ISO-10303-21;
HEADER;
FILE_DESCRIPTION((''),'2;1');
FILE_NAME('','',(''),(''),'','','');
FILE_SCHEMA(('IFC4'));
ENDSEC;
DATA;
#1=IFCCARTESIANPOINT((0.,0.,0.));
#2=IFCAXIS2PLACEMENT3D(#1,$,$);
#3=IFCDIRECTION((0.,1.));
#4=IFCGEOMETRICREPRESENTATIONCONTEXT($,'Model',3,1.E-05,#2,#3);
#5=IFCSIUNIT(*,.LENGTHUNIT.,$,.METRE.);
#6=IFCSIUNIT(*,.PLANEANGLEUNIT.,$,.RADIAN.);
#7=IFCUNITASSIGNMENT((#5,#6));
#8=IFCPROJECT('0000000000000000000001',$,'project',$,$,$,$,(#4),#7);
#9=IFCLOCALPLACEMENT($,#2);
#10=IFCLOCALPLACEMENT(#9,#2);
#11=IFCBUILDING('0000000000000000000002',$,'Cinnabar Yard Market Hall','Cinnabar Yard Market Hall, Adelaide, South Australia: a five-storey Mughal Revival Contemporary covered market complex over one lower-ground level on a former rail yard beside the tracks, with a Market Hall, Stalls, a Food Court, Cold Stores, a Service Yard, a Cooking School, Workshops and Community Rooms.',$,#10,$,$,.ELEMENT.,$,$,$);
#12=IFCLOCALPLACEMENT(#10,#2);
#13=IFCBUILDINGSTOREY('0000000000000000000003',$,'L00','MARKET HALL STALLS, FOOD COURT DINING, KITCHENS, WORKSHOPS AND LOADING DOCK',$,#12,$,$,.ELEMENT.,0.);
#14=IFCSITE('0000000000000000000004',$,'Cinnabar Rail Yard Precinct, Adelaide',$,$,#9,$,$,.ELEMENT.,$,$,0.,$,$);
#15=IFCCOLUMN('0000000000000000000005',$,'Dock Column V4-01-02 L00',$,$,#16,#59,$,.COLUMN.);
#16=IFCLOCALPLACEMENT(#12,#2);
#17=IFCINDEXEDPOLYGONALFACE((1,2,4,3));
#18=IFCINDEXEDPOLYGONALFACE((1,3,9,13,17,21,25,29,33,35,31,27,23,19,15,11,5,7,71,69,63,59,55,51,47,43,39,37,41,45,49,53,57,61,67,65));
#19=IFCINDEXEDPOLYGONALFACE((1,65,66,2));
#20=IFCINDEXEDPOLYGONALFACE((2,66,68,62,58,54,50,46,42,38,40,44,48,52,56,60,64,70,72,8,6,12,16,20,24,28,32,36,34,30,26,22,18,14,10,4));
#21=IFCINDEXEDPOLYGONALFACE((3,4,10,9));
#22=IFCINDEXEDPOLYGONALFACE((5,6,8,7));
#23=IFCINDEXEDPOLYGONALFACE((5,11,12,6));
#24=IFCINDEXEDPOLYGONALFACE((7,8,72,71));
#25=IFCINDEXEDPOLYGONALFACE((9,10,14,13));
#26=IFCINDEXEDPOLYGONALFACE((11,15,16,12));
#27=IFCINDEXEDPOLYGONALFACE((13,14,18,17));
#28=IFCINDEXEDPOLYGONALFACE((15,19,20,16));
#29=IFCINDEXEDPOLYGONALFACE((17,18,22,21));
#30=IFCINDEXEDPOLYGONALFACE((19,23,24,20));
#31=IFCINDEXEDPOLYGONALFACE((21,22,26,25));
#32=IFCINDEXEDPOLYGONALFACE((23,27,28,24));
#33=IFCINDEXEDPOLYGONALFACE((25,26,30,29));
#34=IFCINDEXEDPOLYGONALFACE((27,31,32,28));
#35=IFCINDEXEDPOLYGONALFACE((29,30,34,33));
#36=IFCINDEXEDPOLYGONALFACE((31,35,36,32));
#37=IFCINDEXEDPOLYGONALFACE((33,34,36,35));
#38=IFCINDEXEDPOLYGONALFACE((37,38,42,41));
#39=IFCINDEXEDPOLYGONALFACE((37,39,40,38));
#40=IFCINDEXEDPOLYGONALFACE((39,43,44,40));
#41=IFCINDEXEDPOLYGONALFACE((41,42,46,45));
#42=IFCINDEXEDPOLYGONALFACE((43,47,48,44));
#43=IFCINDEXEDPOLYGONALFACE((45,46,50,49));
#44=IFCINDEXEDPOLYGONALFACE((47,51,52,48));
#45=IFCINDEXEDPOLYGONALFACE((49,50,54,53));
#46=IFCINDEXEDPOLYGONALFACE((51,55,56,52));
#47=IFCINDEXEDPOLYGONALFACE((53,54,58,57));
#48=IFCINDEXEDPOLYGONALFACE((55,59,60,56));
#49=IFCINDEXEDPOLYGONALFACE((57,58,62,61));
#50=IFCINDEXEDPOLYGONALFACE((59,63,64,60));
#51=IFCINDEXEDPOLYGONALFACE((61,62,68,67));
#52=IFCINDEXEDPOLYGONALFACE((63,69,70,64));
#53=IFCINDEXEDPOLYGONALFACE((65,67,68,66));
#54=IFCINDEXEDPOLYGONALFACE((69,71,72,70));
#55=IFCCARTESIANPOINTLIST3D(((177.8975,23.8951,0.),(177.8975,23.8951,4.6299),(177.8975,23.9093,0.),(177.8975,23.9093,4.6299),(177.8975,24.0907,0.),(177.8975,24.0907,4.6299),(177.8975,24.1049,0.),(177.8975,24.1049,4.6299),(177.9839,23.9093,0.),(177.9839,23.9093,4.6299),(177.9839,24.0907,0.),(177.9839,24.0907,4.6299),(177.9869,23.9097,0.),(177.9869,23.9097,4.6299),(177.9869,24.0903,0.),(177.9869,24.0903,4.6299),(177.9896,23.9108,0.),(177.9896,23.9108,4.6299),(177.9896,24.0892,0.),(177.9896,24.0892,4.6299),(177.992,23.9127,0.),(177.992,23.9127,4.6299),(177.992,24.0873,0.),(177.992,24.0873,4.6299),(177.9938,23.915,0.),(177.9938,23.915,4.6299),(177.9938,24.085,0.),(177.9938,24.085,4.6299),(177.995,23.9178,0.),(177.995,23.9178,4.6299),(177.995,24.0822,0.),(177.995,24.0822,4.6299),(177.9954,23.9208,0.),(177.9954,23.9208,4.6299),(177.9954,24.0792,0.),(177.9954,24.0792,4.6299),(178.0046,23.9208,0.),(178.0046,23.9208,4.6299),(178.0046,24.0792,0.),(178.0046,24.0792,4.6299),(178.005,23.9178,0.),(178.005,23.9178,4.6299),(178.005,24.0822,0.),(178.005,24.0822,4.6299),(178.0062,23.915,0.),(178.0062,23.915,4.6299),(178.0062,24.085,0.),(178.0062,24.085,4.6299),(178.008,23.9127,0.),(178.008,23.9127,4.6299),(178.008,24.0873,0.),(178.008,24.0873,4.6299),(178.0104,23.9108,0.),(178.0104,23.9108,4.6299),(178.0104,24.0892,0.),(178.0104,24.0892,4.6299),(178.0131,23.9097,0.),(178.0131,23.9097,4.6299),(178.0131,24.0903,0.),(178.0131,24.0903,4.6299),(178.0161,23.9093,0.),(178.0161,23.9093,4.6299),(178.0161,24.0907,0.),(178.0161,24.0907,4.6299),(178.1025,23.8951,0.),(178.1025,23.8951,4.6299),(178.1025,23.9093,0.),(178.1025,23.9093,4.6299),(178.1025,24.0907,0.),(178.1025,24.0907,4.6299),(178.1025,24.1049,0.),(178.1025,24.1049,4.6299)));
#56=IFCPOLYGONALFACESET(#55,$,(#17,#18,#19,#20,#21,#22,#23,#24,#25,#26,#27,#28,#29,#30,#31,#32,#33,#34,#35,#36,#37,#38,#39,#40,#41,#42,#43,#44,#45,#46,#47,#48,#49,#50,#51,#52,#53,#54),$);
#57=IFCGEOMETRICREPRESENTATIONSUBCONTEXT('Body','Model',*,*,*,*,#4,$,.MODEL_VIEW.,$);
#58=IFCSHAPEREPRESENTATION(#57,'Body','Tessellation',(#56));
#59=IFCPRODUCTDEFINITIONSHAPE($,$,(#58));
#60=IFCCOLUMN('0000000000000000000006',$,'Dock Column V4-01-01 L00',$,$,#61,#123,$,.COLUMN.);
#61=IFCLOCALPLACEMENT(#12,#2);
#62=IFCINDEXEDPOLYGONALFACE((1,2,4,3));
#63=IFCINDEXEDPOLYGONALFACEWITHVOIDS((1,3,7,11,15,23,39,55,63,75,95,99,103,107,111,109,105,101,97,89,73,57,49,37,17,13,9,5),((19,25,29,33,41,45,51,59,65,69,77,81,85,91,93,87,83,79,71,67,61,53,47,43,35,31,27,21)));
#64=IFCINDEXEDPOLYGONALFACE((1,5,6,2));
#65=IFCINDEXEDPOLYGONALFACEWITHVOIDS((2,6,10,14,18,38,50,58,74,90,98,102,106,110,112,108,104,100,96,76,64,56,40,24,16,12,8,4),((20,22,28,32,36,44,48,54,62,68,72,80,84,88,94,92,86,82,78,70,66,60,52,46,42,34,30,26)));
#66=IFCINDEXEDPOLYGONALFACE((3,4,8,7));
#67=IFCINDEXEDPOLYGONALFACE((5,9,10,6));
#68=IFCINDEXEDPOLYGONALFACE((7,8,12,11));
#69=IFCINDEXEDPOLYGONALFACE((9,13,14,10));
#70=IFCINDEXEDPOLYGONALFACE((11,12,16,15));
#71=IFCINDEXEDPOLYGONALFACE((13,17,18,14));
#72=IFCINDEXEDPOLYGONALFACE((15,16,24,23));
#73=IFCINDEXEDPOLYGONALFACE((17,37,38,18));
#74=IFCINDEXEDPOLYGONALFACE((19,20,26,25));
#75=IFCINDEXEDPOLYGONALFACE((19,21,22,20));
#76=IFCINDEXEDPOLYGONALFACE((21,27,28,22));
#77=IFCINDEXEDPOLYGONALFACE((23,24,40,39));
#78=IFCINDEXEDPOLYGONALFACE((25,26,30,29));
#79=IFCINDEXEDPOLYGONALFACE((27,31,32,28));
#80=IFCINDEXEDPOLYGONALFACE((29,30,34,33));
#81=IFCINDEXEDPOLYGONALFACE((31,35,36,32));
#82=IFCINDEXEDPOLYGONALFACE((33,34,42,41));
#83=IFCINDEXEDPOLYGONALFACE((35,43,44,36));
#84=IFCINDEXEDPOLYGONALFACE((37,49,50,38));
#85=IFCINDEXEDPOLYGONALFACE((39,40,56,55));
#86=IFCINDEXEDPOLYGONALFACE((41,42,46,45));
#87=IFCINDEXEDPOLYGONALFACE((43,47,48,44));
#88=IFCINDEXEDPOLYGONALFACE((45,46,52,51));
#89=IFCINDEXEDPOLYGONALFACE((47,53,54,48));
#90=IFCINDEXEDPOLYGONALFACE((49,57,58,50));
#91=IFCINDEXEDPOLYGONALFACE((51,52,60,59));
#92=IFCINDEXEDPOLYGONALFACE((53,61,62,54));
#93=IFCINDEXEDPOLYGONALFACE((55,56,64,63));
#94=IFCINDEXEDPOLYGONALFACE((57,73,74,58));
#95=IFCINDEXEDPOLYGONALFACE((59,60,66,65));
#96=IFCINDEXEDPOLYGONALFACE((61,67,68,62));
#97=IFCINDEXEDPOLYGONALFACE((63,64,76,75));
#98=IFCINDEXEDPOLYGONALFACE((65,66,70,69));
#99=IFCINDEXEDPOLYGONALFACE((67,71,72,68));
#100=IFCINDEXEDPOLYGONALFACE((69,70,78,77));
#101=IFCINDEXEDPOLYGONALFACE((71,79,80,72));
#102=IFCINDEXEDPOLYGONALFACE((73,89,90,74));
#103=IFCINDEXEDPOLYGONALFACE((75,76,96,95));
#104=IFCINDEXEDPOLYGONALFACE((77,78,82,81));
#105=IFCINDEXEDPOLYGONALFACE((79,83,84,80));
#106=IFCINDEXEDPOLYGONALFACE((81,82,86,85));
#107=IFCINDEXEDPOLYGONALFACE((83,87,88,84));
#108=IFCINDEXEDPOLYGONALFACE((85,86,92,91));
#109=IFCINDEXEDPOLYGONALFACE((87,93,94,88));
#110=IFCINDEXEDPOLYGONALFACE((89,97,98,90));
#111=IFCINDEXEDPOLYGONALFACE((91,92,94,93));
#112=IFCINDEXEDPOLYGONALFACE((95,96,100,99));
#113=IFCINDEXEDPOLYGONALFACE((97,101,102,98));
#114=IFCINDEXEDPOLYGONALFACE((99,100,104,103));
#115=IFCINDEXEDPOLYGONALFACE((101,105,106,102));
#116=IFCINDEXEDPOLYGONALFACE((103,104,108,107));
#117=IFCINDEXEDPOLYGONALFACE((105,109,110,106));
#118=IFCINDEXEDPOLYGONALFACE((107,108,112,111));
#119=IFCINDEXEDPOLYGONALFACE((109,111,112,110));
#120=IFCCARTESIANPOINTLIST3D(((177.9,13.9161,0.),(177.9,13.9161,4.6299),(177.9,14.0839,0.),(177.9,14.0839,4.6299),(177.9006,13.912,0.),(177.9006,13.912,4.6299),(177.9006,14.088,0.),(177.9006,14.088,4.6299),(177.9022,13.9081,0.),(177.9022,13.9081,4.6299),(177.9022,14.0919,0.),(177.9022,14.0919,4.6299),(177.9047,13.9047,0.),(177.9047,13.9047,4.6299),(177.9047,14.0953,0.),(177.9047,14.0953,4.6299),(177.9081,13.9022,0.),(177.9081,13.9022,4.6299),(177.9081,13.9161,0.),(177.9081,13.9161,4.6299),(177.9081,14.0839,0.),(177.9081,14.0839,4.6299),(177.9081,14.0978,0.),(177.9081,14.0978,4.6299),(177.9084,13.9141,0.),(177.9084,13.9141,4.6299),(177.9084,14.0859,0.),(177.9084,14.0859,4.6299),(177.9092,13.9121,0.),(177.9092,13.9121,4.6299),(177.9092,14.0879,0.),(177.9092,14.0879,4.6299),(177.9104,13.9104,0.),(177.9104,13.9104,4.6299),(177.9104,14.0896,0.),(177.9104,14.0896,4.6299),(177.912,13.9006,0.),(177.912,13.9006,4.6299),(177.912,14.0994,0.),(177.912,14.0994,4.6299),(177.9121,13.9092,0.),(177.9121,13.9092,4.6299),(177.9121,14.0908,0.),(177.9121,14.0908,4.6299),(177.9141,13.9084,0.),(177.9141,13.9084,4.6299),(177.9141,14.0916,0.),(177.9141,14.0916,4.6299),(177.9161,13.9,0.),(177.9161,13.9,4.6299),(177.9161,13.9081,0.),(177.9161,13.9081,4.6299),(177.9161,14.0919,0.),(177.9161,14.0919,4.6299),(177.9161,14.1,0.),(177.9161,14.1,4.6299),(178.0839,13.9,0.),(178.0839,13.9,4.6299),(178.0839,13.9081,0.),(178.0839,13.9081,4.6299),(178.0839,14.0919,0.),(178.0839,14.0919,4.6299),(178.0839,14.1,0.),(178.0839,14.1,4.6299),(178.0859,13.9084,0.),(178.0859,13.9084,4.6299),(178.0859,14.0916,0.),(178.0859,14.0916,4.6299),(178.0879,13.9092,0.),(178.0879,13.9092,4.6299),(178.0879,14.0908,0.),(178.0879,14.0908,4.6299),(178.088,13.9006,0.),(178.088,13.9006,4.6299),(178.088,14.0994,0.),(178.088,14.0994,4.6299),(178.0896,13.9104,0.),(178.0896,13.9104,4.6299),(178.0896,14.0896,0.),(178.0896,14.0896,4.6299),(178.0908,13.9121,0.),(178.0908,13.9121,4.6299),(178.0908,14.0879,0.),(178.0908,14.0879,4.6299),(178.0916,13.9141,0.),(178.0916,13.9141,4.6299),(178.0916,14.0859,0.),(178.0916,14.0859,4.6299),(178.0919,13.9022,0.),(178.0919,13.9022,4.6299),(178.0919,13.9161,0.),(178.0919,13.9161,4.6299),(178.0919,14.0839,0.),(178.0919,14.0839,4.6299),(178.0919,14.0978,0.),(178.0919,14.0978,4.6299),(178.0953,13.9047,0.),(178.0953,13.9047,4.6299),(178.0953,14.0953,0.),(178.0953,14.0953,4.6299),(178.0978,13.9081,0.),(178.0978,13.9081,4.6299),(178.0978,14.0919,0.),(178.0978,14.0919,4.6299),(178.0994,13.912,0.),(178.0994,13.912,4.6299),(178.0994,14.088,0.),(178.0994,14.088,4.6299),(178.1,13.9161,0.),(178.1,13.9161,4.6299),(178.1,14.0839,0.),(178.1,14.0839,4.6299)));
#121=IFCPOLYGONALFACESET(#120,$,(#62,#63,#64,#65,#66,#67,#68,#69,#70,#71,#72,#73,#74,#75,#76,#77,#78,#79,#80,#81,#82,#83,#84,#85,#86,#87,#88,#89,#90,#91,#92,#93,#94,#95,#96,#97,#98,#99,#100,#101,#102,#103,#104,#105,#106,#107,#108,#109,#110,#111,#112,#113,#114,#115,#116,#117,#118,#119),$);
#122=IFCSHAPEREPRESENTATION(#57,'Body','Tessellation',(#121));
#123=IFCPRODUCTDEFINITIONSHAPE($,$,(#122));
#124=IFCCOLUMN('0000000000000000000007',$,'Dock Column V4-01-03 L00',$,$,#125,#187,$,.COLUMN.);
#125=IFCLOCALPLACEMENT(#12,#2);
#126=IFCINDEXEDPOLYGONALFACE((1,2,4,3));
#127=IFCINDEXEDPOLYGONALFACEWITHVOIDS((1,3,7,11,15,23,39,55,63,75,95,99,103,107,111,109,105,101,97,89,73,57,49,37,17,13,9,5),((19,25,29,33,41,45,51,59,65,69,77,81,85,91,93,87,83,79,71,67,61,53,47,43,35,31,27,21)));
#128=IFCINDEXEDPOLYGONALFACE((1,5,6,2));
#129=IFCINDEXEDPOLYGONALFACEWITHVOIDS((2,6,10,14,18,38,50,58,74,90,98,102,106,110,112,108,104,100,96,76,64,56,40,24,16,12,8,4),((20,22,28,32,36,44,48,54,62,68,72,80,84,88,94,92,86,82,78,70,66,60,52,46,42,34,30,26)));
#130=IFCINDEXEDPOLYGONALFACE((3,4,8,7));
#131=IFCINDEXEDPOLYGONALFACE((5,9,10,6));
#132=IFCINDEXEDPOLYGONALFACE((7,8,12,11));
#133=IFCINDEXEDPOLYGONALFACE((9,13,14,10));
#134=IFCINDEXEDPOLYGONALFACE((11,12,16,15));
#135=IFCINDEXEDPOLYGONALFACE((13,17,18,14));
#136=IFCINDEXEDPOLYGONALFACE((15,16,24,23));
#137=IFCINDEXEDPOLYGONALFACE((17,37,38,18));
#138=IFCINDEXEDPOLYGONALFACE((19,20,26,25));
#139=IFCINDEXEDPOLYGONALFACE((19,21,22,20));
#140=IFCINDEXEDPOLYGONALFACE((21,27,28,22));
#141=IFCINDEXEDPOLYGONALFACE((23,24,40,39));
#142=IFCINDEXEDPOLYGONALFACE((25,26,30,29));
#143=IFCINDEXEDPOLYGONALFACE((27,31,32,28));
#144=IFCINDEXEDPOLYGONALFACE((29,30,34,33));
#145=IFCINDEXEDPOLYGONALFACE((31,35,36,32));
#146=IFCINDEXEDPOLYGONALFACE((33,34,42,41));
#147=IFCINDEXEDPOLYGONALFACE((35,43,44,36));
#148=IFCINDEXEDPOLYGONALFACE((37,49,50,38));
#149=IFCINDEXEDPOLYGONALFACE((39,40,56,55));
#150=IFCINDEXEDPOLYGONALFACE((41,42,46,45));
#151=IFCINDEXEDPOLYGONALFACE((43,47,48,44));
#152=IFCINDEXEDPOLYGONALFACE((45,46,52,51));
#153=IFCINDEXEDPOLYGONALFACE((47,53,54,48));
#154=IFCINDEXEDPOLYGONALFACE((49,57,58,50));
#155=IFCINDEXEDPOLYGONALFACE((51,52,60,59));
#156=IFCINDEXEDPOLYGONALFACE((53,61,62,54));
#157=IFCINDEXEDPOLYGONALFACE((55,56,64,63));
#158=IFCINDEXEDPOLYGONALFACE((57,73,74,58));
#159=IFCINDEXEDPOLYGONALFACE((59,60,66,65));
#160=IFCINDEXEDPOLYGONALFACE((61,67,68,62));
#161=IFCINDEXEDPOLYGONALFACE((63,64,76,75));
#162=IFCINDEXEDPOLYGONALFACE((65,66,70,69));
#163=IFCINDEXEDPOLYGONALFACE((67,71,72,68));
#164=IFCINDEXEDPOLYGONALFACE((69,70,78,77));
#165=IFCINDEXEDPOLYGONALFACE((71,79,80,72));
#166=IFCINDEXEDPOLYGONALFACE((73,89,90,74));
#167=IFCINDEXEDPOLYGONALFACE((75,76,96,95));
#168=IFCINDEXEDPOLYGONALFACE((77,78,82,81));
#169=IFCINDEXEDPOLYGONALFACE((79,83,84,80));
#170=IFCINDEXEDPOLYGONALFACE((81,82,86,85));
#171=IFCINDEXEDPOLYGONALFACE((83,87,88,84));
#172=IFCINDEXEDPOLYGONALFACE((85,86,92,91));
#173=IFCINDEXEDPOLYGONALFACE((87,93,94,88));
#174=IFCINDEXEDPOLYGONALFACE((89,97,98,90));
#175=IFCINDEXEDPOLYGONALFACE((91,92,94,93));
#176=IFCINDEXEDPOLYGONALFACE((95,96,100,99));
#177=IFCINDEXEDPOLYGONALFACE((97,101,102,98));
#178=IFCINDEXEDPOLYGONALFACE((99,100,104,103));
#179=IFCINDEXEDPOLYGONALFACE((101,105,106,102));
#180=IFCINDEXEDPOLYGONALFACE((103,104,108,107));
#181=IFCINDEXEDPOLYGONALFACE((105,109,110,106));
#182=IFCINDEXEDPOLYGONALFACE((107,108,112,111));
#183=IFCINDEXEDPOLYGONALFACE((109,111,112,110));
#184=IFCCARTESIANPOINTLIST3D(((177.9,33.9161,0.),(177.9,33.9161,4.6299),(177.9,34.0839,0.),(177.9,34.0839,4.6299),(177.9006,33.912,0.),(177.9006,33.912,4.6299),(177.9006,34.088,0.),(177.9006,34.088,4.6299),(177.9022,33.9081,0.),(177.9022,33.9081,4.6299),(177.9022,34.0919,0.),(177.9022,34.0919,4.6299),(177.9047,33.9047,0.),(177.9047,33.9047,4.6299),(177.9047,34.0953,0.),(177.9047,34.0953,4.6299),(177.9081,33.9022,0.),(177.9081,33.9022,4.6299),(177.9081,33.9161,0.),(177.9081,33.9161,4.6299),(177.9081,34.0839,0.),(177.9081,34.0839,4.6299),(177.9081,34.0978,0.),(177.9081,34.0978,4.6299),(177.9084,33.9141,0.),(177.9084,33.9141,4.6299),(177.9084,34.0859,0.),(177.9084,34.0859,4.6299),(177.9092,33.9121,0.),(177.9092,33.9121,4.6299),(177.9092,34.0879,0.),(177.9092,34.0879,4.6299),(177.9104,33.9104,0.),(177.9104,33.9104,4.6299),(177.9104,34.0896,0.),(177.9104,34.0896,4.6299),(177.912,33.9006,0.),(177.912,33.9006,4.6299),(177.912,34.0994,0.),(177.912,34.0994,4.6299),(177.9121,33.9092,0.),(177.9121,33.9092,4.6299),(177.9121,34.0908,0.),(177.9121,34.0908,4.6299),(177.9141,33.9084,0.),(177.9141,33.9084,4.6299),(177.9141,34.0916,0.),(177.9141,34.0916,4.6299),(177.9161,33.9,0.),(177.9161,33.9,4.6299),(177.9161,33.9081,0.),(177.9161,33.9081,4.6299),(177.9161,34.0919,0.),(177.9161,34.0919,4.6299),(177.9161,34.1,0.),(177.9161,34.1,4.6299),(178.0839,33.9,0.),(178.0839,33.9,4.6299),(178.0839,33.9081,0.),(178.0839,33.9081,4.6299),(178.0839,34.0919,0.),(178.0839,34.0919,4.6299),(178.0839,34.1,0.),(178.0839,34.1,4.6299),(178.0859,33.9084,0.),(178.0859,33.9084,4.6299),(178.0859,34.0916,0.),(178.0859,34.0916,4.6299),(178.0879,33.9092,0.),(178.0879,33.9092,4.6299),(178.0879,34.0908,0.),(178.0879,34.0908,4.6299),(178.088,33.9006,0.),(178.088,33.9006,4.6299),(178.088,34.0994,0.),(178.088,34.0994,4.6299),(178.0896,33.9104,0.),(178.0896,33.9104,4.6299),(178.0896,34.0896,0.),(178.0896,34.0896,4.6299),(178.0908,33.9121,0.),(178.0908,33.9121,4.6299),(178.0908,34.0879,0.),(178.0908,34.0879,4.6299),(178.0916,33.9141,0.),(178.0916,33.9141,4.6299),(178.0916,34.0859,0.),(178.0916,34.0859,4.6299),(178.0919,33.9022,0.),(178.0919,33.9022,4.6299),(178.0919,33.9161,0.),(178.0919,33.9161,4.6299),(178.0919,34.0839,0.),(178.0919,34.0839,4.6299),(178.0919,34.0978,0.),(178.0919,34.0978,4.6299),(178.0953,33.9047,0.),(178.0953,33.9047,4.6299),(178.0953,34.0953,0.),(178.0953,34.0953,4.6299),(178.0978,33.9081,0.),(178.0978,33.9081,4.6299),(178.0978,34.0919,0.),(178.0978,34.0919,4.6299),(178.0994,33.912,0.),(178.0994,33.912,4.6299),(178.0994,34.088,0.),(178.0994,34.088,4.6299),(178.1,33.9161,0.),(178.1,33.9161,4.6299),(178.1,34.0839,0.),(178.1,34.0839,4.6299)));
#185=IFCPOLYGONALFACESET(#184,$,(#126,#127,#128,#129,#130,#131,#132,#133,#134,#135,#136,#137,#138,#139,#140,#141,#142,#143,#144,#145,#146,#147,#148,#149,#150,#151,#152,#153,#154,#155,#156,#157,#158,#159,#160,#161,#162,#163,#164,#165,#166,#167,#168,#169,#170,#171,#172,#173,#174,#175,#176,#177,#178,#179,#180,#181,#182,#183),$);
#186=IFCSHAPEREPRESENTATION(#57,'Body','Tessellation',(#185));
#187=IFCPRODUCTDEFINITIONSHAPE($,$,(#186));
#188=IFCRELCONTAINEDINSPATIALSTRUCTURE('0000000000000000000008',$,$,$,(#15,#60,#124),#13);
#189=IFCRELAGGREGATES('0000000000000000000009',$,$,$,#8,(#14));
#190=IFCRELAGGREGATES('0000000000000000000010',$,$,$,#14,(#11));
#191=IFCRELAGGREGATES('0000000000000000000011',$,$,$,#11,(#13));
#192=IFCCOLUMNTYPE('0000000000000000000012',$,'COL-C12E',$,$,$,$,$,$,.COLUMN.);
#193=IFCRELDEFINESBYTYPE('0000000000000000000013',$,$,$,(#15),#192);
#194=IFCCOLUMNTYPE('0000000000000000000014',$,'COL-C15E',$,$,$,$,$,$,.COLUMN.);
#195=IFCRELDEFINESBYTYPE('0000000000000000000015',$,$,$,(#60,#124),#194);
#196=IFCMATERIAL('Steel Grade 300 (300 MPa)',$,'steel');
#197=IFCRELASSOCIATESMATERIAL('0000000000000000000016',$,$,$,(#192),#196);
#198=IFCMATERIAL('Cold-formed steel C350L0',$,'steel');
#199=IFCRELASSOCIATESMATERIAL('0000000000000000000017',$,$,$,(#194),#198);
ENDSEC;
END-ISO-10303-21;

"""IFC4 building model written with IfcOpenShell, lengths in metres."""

from ifc_helpers import new_model, si_unit, direction, frame, origin, origin_2d_with_axis, place, context, subcontext, project, spatial, hollow_rectangle, i_section, extrude, material, material_profile, profile_set, type_object, element, save


model = new_model("IFC4")

# Units and contexts
model_context = context("Model", 3, precision=1e-05, world=origin(), true_north=direction((0.0, 1.0)))
body_context = subcontext(model_context, "Body", "Model", "MODEL_VIEW")
ifc_project = project(units=[si_unit("LENGTHUNIT", "METRE"), si_unit("PLANEANGLEUNIT", "RADIAN")], contexts=[model_context])

# Site, building, storey
site_placement = place(None, origin())
site = spatial("IfcSite", under=ifc_project, at=site_placement, Name="Cinnabar Rail Yard Precinct, Adelaide", CompositionType="ELEMENT", RefElevation=0.0)
building_placement = place(site_placement, origin())
building = spatial("IfcBuilding", under=site, at=building_placement, Name="Cinnabar Yard Market Hall", Description="Cinnabar Yard Market Hall, Adelaide, South Australia: a five-storey Mughal Revival Contemporary covered market complex over one lower-ground level on a former rail yard beside the tracks, with a Market Hall, Stalls, a Food Court, Cold Stores, a Service Yard, a Cooking School, Workshops and Community Rooms.", CompositionType="ELEMENT")
storey_placement = place(building_placement, origin())
storey = spatial("IfcBuildingStorey", under=building, at=storey_placement, Name="L00", Description="MARKET HALL STALLS, FOOD COURT DINING, KITCHENS, WORKSHOPS AND LOADING DOCK", CompositionType="ELEMENT", Elevation=0.0)

# Columns
ifc_material_1 = material(Name="Steel Grade 300 (300 MPa)", Category="steel")
ifc_material_profile_1 = material_profile(ifc_material_1, i_section(OverallWidth=0.2051, OverallDepth=0.2097, WebThickness=0.0093, FlangeThickness=0.0142, FilletRadius=0.0115, at=origin_2d_with_axis()), Name="200UC59.5")
ifc_profile_set_1 = profile_set([ifc_material_profile_1], Name="Steel Grade 300 (300 MPa)")
column_type_1 = type_object("IfcColumnType", Name="COL-C12E", PredefinedType="COLUMN", material=ifc_profile_set_1)
column_1_placement = place(storey_placement, frame((178.0, 24.0, 0.0), z_axis=(0.0, 0.0, 1.0), x_axis=(1.0, 0.0, 0.0)))
element("IfcColumn", 1, at=column_1_placement, inside=storey, type_object=column_type_1, Name="Dock Column V4-01-02 L00", PredefinedType="COLUMN", context=body_context, shape_type="SweptSolid", body=[
    extrude(i_section(OverallWidth=0.2051, OverallDepth=0.2097, WebThickness=0.0093, FlangeThickness=0.0142, FilletRadius=0.0115, at=origin_2d_with_axis()), origin(), (0.0, 0.0, 1.0), 4.6299),
])
ifc_material_2 = material(Name="Cold-formed steel C350L0", Category="steel")
ifc_material_profile_2 = material_profile(ifc_material_2, hollow_rectangle(XDim=0.2, YDim=0.2, WallThickness=0.0081, InnerFilletRadius=0.0081, OuterFilletRadius=0.0161, at=origin_2d_with_axis()), Name="200x200x8.0SHS")
ifc_profile_set_2 = profile_set([ifc_material_profile_2], Name="Cold-formed steel C350L0")
column_type_2 = type_object("IfcColumnType", Name="COL-C15E", PredefinedType="COLUMN", material=ifc_profile_set_2)
for number, where, z_axis, x_axis, name in (
    (2, (178.0, 14.0, 0.0), (0.0, 0.0, 1.0), (1.0, 0.0, 0.0), "Dock Column V4-01-01 L00"),
    (3, (178.0, 34.0, 0.0), (0.0, 0.0, 1.0), (1.0, 0.0, 0.0), "Dock Column V4-01-03 L00"),
):
    element("IfcColumn", number, at=place(storey_placement, frame(where, z_axis=z_axis, x_axis=x_axis)), inside=storey, type_object=column_type_2, Name=name, PredefinedType="COLUMN", context=body_context, shape_type="SweptSolid", body=[
        extrude(hollow_rectangle(XDim=0.2, YDim=0.2, WallThickness=0.0081, InnerFilletRadius=0.0081, OuterFilletRadius=0.0161, at=origin_2d_with_axis()), origin(), (0.0, 0.0, 1.0), 4.6299),
    ])

save(model, "model.ifc")
